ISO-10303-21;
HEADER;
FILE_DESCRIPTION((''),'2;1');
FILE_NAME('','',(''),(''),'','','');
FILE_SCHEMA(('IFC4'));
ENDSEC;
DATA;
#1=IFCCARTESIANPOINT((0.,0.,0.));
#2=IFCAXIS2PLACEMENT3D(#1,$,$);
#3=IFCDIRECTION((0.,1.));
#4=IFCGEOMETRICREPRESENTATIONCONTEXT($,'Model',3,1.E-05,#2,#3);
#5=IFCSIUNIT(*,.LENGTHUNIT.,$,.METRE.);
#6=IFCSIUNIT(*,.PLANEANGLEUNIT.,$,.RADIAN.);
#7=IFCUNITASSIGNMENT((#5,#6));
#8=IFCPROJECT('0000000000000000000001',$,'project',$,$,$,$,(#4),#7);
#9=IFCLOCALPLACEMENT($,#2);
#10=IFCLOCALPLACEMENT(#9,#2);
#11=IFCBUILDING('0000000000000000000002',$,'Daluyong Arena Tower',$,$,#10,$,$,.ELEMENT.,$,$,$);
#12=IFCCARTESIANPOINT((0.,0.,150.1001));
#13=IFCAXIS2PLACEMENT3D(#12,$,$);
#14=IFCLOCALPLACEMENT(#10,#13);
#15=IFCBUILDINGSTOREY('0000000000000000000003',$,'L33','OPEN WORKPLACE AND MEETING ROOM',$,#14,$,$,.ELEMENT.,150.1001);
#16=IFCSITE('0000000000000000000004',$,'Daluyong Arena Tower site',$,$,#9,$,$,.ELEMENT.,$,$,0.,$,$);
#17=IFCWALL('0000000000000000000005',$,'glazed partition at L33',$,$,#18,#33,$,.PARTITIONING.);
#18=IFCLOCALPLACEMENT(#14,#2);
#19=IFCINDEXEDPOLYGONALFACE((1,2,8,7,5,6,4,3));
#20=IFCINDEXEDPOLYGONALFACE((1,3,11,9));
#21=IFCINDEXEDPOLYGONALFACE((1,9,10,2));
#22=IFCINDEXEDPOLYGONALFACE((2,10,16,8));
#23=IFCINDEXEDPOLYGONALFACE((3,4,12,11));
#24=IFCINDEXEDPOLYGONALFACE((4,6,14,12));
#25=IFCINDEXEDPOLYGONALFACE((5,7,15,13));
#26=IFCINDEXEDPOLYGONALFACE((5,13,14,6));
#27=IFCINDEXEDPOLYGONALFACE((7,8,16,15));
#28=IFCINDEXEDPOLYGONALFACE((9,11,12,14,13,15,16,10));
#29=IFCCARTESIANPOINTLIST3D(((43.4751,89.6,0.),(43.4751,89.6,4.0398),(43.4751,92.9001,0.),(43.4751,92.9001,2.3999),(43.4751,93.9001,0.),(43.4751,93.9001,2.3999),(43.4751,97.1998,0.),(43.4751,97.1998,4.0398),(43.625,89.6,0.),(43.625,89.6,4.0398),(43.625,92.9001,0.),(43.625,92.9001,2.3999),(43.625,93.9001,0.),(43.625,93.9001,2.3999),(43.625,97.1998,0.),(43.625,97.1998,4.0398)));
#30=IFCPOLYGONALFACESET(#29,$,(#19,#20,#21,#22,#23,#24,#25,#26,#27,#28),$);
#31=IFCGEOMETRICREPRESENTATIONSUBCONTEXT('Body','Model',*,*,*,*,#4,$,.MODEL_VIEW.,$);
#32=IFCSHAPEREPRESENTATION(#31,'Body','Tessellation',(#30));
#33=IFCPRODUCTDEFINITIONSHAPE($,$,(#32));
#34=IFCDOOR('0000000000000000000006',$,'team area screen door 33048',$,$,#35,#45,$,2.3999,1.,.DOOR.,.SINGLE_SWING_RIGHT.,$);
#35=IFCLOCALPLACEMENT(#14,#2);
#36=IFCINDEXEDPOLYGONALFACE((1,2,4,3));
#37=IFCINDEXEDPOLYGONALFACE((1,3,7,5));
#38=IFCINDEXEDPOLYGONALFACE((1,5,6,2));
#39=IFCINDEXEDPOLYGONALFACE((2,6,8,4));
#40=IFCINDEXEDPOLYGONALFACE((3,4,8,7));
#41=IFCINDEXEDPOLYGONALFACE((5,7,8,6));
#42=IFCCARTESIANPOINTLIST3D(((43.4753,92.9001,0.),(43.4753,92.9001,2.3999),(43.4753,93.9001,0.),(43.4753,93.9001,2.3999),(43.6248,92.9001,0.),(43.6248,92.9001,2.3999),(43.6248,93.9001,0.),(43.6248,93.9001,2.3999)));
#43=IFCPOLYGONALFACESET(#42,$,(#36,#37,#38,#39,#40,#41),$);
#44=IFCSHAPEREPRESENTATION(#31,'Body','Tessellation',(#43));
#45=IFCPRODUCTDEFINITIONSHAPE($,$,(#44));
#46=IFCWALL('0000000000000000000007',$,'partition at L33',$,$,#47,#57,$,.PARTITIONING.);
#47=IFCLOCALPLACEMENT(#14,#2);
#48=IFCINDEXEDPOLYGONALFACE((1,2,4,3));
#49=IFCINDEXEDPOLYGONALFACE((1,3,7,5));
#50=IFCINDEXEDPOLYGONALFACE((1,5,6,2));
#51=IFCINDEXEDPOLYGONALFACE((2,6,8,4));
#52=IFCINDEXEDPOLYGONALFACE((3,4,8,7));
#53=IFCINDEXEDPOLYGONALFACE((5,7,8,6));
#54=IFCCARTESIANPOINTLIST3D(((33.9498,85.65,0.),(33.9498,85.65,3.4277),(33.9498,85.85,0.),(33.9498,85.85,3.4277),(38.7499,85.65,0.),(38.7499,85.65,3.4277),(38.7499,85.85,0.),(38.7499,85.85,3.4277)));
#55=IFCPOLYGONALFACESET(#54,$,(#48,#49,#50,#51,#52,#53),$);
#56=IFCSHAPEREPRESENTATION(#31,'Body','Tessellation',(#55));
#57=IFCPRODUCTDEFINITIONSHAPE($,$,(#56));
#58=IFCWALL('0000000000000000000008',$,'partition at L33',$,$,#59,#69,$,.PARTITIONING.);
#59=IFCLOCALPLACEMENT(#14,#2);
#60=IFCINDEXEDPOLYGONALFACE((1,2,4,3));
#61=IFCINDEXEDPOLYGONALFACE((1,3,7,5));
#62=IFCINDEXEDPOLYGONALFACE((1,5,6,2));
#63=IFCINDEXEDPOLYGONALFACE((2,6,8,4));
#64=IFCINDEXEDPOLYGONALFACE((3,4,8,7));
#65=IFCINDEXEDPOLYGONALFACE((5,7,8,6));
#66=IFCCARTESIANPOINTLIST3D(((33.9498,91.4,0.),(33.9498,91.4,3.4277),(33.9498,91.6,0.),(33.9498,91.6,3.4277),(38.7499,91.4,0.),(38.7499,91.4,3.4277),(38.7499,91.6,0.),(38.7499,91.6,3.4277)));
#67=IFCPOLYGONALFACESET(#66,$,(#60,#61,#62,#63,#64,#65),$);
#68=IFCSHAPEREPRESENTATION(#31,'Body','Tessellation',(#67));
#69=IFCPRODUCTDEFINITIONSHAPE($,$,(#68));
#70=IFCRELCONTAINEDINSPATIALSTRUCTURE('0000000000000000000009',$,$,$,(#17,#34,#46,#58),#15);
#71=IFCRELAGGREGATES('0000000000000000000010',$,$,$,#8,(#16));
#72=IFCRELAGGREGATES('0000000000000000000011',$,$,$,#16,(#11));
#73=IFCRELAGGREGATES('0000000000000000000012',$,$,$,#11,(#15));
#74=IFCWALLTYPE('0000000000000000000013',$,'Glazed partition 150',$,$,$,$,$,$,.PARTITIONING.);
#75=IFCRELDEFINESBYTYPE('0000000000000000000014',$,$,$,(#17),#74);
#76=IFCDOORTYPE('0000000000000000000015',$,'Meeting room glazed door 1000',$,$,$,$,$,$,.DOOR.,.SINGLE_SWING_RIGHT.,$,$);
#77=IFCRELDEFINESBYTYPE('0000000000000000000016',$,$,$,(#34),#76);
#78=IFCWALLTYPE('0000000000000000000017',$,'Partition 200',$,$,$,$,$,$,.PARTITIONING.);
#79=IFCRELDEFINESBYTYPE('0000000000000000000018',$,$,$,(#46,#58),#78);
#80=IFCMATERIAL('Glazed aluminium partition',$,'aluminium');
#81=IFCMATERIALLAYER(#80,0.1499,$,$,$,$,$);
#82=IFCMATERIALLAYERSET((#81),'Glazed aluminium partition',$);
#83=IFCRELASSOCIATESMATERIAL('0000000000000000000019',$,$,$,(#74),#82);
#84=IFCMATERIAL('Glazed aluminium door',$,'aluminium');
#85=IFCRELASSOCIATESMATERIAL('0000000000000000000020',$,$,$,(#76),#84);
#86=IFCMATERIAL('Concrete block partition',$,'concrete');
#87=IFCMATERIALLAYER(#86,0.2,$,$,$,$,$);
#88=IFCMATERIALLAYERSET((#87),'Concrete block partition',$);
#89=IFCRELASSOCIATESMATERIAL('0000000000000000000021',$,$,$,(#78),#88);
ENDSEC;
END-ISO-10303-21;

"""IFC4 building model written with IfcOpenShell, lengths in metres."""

from ifc_helpers import new_model, si_unit, direction, frame, frame_2d, origin, place, context, subcontext, project, spatial, rectangle, extrude, material, layer, layer_set, type_object, element, fill, save


model = new_model("IFC4")

# Units and contexts
model_context = context("Model", 3, precision=1e-05, world=origin(), true_north=direction((0.0, 1.0)))
body_context = subcontext(model_context, "Body", "Model", "MODEL_VIEW")
ifc_project = project(units=[si_unit("LENGTHUNIT", "METRE"), si_unit("PLANEANGLEUNIT", "RADIAN")], contexts=[model_context])

# Site, building, storey
site_placement = place(None, origin())
site = spatial("IfcSite", under=ifc_project, at=site_placement, Name="Daluyong Arena Tower site", CompositionType="ELEMENT", RefElevation=0.0)
building_placement = place(site_placement, origin())
building = spatial("IfcBuilding", under=site, at=building_placement, Name="Daluyong Arena Tower", CompositionType="ELEMENT")
storey_placement = place(building_placement, frame((0.0, 0.0, 150.1001)))
storey = spatial("IfcBuildingStorey", under=building, at=storey_placement, Name="L33", Description="OPEN WORKPLACE AND MEETING ROOM", CompositionType="ELEMENT", Elevation=150.1001)

# Shared definitions
ifc_material_1 = material(Name="Glazed aluminium partition", Category="aluminium")
ifc_layer_1 = layer(ifc_material_1, 0.1499)
ifc_layer_set_1 = layer_set([ifc_layer_1], Name="Glazed aluminium partition")
wall_type_1 = type_object("IfcWallType", Name="Glazed partition 150", PredefinedType="PARTITIONING", material=ifc_layer_set_1)
ifc_material_2 = material(Name="Glazed aluminium door", Category="aluminium")
door_type_1 = type_object("IfcDoorType", Name="Meeting room glazed door 1000", OperationType="SINGLE_SWING_RIGHT", PredefinedType="DOOR", material=ifc_material_2)

# Wall, opening, door
wall_1_placement = place(storey_placement, frame((43.55, 89.6001, 0.0), z_axis=(0.0, 0.0, 1.0), x_axis=(0.0, 1.0, 0.0)))
wall_1 = element("IfcWall", 1, at=wall_1_placement, inside=storey, type_object=wall_type_1, Name="glazed partition at L33", PredefinedType="PARTITIONING", context=body_context, shape_type="SweptSolid", body=[
    extrude(rectangle(XDim=7.5999, YDim=0.1499, at=frame_2d((3.7998, 0.0))), origin(), (0.0, 0.0, 1.0), 4.0398),
])
opening_1_placement = place(wall_1_placement, frame((3.3, 0.0, 0.0)))
opening_1 = element("IfcOpeningElement", 2, at=opening_1_placement, cuts=wall_1, PredefinedType="OPENING", context=body_context, shape_type="SweptSolid", body=[
    extrude(rectangle(XDim=1.0, YDim=2.3999, at=frame_2d((0.5, 1.2))), frame((0.0, 0.085, 0.0), z_axis=(0.0, -1.0, 0.0), x_axis=(1.0, 0.0, 0.0)), (0.0, 0.0, 1.0), 0.1699),
])
door_1_placement = place(opening_1_placement, origin())
door_1 = element("IfcDoor", 3, at=door_1_placement, inside=storey, type_object=door_type_1, Name="team area screen door 33048", OperationType="SINGLE_SWING_RIGHT", OverallHeight=2.3999, OverallWidth=1.0, PredefinedType="DOOR", context=body_context, shape_type="SweptSolid", body=[
    extrude(rectangle(XDim=1.0, YDim=2.3999, at=frame_2d((0.5, 1.2))), frame((0.0, 0.0747, 0.0), z_axis=(0.0, -1.0, 0.0), x_axis=(1.0, 0.0, 0.0)), (0.0, 0.0, 1.0), 0.1494),
])
fill(opening_1, door_1)

# Walls
ifc_material_3 = material(Name="Concrete block partition", Category="concrete")
ifc_layer_2 = layer(ifc_material_3, 0.2)
ifc_layer_set_2 = layer_set([ifc_layer_2], Name="Concrete block partition")
wall_type_2 = type_object("IfcWallType", Name="Partition 200", PredefinedType="PARTITIONING", material=ifc_layer_set_2)
for number, where, z_axis, x_axis, name in (
    (4, (33.95, 85.75, 0.0), (0.0, 0.0, 1.0), (1.0, 0.0, 0.0), "partition at L33"),
    (5, (33.95, 91.5, 0.0), (0.0, 0.0, 1.0), (1.0, 0.0, 0.0), "partition at L33"),
):
    element("IfcWall", number, at=place(storey_placement, frame(where, z_axis=z_axis, x_axis=x_axis)), inside=storey, type_object=wall_type_2, Name=name, PredefinedType="PARTITIONING", context=body_context, shape_type="SweptSolid", body=[
        extrude(rectangle(XDim=4.8, YDim=0.2, at=frame_2d((2.3999, 0.0))), origin(), (0.0, 0.0, 1.0), 3.4277),
    ])

save(model, "model.ifc")
